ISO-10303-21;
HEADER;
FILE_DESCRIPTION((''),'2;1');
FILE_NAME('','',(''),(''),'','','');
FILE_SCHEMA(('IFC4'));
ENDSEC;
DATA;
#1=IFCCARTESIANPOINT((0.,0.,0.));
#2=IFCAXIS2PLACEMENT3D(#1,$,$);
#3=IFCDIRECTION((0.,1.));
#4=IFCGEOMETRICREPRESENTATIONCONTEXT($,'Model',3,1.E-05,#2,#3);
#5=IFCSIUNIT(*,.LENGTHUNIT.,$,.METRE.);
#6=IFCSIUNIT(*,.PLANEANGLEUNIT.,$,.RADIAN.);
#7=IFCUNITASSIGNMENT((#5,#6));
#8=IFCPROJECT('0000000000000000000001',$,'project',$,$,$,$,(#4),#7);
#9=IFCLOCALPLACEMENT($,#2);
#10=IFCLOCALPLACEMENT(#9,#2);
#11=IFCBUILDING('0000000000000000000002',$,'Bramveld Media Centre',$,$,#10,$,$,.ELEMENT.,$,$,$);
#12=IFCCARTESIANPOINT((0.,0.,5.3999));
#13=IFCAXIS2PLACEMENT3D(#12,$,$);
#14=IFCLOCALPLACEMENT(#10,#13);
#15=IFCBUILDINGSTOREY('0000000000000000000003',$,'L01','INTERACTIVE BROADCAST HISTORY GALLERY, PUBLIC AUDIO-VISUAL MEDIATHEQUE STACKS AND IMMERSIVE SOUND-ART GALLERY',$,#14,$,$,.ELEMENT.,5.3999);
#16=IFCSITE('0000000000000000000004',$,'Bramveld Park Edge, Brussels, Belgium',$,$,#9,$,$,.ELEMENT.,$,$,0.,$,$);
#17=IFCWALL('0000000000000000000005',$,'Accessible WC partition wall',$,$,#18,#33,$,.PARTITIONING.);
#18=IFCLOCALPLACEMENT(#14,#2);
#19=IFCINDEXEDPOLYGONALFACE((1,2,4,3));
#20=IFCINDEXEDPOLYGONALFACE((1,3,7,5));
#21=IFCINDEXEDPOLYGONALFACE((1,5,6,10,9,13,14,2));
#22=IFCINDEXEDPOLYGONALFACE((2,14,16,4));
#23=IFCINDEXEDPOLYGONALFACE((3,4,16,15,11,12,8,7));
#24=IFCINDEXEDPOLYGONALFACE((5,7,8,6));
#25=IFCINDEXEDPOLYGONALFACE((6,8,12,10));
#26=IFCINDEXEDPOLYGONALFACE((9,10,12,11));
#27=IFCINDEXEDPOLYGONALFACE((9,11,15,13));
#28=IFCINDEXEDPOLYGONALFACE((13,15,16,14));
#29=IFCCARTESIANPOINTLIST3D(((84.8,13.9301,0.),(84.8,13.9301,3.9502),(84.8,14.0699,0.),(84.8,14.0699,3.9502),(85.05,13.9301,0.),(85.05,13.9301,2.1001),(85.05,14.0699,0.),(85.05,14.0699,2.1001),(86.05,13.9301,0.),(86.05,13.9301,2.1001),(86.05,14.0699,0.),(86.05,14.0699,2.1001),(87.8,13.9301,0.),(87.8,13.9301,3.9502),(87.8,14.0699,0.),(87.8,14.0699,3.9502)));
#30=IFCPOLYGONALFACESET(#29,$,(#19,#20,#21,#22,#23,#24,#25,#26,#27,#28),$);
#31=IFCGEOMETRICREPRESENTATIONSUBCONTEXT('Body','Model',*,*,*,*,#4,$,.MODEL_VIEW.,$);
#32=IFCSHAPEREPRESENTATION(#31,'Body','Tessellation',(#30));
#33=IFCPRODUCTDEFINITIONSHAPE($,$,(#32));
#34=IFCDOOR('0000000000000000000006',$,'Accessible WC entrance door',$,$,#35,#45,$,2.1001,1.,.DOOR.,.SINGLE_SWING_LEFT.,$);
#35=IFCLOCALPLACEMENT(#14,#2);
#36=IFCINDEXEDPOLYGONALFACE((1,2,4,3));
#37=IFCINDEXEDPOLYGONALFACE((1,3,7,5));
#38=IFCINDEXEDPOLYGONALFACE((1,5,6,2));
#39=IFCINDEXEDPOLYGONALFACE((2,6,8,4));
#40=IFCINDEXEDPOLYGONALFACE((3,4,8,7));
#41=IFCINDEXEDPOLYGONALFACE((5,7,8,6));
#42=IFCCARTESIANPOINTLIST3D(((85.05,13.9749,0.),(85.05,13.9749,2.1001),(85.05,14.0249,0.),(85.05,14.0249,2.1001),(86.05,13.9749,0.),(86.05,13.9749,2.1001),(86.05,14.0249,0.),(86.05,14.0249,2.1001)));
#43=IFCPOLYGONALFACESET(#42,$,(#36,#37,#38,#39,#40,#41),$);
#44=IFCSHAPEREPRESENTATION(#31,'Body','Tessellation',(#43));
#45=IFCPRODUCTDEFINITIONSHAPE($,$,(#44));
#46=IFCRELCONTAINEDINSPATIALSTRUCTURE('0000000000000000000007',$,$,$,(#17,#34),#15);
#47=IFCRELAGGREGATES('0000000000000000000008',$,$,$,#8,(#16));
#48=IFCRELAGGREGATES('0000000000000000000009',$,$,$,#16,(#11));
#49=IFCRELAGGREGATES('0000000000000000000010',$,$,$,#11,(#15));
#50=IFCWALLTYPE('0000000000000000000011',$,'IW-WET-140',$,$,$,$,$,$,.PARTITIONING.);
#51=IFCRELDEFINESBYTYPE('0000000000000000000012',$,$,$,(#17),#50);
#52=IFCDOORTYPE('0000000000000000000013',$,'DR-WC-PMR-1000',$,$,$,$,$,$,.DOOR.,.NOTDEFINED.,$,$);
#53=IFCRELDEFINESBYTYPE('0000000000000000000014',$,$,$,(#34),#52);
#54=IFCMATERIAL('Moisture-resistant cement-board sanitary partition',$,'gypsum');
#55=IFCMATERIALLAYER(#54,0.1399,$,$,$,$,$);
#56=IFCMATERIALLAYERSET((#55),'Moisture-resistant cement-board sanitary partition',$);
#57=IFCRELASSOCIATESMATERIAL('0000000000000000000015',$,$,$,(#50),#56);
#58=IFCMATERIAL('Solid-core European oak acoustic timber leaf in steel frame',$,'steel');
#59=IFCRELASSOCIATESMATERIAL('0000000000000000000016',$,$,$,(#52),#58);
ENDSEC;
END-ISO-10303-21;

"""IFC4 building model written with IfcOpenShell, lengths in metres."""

from ifc_helpers import new_model, si_unit, direction, frame, frame_2d, origin, place, context, subcontext, project, spatial, rectangle, extrude, material, layer, layer_set, type_object, element, fill, save


model = new_model("IFC4")

# Units and contexts
model_context = context("Model", 3, precision=1e-05, world=origin(), true_north=direction((0.0, 1.0)))
body_context = subcontext(model_context, "Body", "Model", "MODEL_VIEW")
ifc_project = project(units=[si_unit("LENGTHUNIT", "METRE"), si_unit("PLANEANGLEUNIT", "RADIAN")], contexts=[model_context])

# Site, building, storey
site_placement = place(None, origin())
site = spatial("IfcSite", under=ifc_project, at=site_placement, Name="Bramveld Park Edge, Brussels, Belgium", CompositionType="ELEMENT", RefElevation=0.0)
building_placement = place(site_placement, origin())
building = spatial("IfcBuilding", under=site, at=building_placement, Name="Bramveld Media Centre", CompositionType="ELEMENT")
storey_placement = place(building_placement, frame((0.0, 0.0, 5.3999)))
storey = spatial("IfcBuildingStorey", under=building, at=storey_placement, Name="L01", Description="INTERACTIVE BROADCAST HISTORY GALLERY, PUBLIC AUDIO-VISUAL MEDIATHEQUE STACKS AND IMMERSIVE SOUND-ART GALLERY", CompositionType="ELEMENT", Elevation=5.3999)

# Wall, opening, door
ifc_material_1 = material(Name="Moisture-resistant cement-board sanitary partition", Category="gypsum")
ifc_layer_1 = layer(ifc_material_1, 0.1399)
ifc_layer_set_1 = layer_set([ifc_layer_1], Name="Moisture-resistant cement-board sanitary partition")
wall_type_1 = type_object("IfcWallType", Name="IW-WET-140", PredefinedType="PARTITIONING", material=ifc_layer_set_1)
wall_1_placement = place(storey_placement, frame((84.8, 14.0, 0.0), z_axis=(0.0, 0.0, 1.0), x_axis=(1.0, 0.0, 0.0)))
wall_1 = element("IfcWall", 1, at=wall_1_placement, inside=storey, type_object=wall_type_1, Name="Accessible WC partition wall", PredefinedType="PARTITIONING", context=body_context, shape_type="SweptSolid", body=[
    extrude(rectangle(XDim=3.0, YDim=0.1399, at=frame_2d((1.5, 0.0))), origin(), (0.0, 0.0, 1.0), 3.9502),
])
opening_1_placement = place(wall_1_placement, frame((0.25, 0.0, 0.0)))
opening_1 = element("IfcOpeningElement", 2, at=opening_1_placement, cuts=wall_1, PredefinedType="OPENING", context=body_context, shape_type="SweptSolid", body=[
    extrude(rectangle(XDim=1.0, YDim=2.1001, at=frame_2d((0.5, 1.05))), frame((0.0, 0.082, 0.0), z_axis=(0.0, -1.0, 0.0), x_axis=(1.0, 0.0, 0.0)), (0.0, 0.0, 1.0), 0.1638),
])
ifc_material_2 = material(Name="Solid-core European oak acoustic timber leaf in steel frame", Category="steel")
door_type_1 = type_object("IfcDoorType", Name="DR-WC-PMR-1000", OperationType="NOTDEFINED", PredefinedType="DOOR", material=ifc_material_2)
door_1_placement = place(opening_1_placement, origin())
door_1 = element("IfcDoor", 3, at=door_1_placement, inside=storey, type_object=door_type_1, Name="Accessible WC entrance door", OperationType="SINGLE_SWING_LEFT", OverallHeight=2.1001, OverallWidth=1.0, PredefinedType="DOOR", context=body_context, shape_type="SweptSolid", body=[
    extrude(rectangle(XDim=1.0, YDim=2.1001, at=frame_2d((0.5, 1.05))), frame((0.0, 0.0249, 0.0), z_axis=(0.0, -1.0, 0.0), x_axis=(1.0, 0.0, 0.0)), (0.0, 0.0, 1.0), 0.05),
])
fill(opening_1, door_1)

save(model, "model.ifc")
